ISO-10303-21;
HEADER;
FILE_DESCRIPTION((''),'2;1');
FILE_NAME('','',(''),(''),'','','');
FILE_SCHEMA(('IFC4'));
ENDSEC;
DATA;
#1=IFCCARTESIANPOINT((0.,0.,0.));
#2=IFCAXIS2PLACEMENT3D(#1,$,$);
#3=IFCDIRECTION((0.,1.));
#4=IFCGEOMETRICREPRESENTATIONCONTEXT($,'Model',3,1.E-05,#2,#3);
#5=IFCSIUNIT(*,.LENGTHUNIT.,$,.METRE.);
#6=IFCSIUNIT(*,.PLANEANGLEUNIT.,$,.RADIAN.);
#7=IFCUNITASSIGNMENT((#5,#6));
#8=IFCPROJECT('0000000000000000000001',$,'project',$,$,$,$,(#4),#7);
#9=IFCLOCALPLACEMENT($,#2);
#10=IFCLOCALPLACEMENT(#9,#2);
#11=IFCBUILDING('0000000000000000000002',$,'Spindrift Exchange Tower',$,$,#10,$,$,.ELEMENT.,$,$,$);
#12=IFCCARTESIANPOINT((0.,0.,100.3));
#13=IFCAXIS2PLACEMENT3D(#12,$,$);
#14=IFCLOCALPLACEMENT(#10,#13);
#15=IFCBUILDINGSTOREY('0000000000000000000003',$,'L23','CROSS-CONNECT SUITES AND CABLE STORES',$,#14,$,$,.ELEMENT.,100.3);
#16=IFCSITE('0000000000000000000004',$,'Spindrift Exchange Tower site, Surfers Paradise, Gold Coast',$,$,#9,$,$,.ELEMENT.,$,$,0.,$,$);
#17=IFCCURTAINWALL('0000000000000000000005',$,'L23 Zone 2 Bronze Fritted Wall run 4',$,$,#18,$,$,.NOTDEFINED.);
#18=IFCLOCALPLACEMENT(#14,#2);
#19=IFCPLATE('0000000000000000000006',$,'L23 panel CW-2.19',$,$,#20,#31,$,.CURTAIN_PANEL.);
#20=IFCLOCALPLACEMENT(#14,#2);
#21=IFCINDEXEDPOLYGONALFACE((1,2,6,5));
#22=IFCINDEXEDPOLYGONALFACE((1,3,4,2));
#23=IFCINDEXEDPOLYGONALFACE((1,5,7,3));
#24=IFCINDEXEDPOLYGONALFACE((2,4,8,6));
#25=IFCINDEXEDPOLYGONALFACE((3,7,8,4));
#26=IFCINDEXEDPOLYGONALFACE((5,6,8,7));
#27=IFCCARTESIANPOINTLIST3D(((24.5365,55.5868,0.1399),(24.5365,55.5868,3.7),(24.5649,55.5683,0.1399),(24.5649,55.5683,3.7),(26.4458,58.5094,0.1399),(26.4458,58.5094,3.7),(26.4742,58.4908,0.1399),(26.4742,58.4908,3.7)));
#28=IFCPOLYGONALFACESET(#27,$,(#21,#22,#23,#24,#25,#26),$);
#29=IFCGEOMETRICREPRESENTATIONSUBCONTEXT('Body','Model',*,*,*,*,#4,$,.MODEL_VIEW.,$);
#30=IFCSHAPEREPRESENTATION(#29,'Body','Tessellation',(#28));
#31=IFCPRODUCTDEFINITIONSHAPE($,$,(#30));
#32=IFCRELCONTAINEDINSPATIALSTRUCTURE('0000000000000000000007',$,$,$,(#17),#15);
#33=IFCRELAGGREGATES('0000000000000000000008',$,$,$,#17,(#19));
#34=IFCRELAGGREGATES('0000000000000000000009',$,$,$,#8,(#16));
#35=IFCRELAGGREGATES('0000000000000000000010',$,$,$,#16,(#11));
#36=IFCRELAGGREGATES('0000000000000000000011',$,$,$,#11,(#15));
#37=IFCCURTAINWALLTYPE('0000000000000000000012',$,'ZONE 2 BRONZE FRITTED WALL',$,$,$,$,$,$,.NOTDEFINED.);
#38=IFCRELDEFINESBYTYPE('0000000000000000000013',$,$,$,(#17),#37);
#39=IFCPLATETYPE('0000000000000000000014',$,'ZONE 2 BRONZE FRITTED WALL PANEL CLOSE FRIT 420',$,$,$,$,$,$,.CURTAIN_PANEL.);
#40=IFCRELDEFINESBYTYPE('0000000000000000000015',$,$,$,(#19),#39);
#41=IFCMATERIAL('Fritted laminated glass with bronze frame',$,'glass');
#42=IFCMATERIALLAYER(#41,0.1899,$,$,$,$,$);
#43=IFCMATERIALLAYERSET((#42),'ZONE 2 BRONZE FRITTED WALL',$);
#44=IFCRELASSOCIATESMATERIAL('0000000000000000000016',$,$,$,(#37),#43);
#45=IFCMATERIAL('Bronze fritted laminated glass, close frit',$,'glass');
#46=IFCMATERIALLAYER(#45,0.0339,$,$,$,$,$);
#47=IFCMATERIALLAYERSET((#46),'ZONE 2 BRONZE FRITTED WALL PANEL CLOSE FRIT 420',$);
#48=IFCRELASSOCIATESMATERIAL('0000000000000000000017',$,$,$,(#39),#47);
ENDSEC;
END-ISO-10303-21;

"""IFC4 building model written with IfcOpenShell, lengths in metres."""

from ifc_helpers import new_model, si_unit, direction, frame, origin, origin_2d, place, context, subcontext, project, spatial, rectangle, extrude, source, transform, mapped, material, layer, layer_set, type_object, element, aggregate, save


model = new_model("IFC4")

# Units and contexts
model_context = context("Model", 3, precision=1e-05, world=origin(), true_north=direction((0.0, 1.0)))
body_context = subcontext(model_context, "Body", "Model", "MODEL_VIEW")
ifc_project = project(units=[si_unit("LENGTHUNIT", "METRE"), si_unit("PLANEANGLEUNIT", "RADIAN")], contexts=[model_context])

# Site, building, storey
site_placement = place(None, origin())
site = spatial("IfcSite", under=ifc_project, at=site_placement, Name="Spindrift Exchange Tower site, Surfers Paradise, Gold Coast", CompositionType="ELEMENT", RefElevation=0.0)
building_placement = place(site_placement, origin())
building = spatial("IfcBuilding", under=site, at=building_placement, Name="Spindrift Exchange Tower", CompositionType="ELEMENT")
storey_placement = place(building_placement, frame((0.0, 0.0, 100.3)))
storey = spatial("IfcBuildingStorey", under=building, at=storey_placement, Name="L23", Description="CROSS-CONNECT SUITES AND CABLE STORES", CompositionType="ELEMENT", Elevation=100.3)

# Curtain wall, plate
ifc_material_1 = material(Name="Fritted laminated glass with bronze frame", Category="glass")
ifc_layer_1 = layer(ifc_material_1, 0.1899)
ifc_layer_set_1 = layer_set([ifc_layer_1], Name="ZONE 2 BRONZE FRITTED WALL")
curtain_wall_type = type_object("IfcCurtainWallType", Name="ZONE 2 BRONZE FRITTED WALL", PredefinedType="NOTDEFINED", material=ifc_layer_set_1)
curtain_wall_placement = place(storey_placement, origin())
curtain_wall = element("IfcCurtainWall", 1, at=curtain_wall_placement, inside=storey, type_object=curtain_wall_type, Name="L23 Zone 2 Bronze Fritted Wall run 4", PredefinedType="NOTDEFINED")
ifc_material_2 = material(Name="Bronze fritted laminated glass, close frit", Category="glass")
ifc_layer_2 = layer(ifc_material_2, 0.0339)
ifc_layer_set_2 = layer_set([ifc_layer_2], Name="ZONE 2 BRONZE FRITTED WALL PANEL CLOSE FRIT 420")
plate_type_1 = type_object("IfcPlateType", Name="ZONE 2 BRONZE FRITTED WALL PANEL CLOSE FRIT 420", PredefinedType="CURTAIN_PANEL", material=ifc_layer_set_2)
shared_shape_1 = source(origin(), body_context, "Body", "SweptSolid", [
    extrude(rectangle(XDim=3.491, YDim=0.0339, at=origin_2d()), origin(), (0.0, 0.0, 1.0), 3.5601),
])
plate_1_placement = place(storey_placement, frame((25.5054, 57.0388, 0.1399), z_axis=(0.0, 0.0, 1.0), x_axis=(-0.546937, -0.837174, 0.0)))
plate_1 = element("IfcPlate", 2, at=plate_1_placement, type_object=plate_type_1, Name="L23 panel CW-2.19", PredefinedType="CURTAIN_PANEL", context=body_context, shape_type="MappedRepresentation", body=[
    mapped(shared_shape_1, transform((0.0, 0.0, 0.0), scale=1.0)),
])
aggregate(curtain_wall, [plate_1])

save(model, "model.ifc")
